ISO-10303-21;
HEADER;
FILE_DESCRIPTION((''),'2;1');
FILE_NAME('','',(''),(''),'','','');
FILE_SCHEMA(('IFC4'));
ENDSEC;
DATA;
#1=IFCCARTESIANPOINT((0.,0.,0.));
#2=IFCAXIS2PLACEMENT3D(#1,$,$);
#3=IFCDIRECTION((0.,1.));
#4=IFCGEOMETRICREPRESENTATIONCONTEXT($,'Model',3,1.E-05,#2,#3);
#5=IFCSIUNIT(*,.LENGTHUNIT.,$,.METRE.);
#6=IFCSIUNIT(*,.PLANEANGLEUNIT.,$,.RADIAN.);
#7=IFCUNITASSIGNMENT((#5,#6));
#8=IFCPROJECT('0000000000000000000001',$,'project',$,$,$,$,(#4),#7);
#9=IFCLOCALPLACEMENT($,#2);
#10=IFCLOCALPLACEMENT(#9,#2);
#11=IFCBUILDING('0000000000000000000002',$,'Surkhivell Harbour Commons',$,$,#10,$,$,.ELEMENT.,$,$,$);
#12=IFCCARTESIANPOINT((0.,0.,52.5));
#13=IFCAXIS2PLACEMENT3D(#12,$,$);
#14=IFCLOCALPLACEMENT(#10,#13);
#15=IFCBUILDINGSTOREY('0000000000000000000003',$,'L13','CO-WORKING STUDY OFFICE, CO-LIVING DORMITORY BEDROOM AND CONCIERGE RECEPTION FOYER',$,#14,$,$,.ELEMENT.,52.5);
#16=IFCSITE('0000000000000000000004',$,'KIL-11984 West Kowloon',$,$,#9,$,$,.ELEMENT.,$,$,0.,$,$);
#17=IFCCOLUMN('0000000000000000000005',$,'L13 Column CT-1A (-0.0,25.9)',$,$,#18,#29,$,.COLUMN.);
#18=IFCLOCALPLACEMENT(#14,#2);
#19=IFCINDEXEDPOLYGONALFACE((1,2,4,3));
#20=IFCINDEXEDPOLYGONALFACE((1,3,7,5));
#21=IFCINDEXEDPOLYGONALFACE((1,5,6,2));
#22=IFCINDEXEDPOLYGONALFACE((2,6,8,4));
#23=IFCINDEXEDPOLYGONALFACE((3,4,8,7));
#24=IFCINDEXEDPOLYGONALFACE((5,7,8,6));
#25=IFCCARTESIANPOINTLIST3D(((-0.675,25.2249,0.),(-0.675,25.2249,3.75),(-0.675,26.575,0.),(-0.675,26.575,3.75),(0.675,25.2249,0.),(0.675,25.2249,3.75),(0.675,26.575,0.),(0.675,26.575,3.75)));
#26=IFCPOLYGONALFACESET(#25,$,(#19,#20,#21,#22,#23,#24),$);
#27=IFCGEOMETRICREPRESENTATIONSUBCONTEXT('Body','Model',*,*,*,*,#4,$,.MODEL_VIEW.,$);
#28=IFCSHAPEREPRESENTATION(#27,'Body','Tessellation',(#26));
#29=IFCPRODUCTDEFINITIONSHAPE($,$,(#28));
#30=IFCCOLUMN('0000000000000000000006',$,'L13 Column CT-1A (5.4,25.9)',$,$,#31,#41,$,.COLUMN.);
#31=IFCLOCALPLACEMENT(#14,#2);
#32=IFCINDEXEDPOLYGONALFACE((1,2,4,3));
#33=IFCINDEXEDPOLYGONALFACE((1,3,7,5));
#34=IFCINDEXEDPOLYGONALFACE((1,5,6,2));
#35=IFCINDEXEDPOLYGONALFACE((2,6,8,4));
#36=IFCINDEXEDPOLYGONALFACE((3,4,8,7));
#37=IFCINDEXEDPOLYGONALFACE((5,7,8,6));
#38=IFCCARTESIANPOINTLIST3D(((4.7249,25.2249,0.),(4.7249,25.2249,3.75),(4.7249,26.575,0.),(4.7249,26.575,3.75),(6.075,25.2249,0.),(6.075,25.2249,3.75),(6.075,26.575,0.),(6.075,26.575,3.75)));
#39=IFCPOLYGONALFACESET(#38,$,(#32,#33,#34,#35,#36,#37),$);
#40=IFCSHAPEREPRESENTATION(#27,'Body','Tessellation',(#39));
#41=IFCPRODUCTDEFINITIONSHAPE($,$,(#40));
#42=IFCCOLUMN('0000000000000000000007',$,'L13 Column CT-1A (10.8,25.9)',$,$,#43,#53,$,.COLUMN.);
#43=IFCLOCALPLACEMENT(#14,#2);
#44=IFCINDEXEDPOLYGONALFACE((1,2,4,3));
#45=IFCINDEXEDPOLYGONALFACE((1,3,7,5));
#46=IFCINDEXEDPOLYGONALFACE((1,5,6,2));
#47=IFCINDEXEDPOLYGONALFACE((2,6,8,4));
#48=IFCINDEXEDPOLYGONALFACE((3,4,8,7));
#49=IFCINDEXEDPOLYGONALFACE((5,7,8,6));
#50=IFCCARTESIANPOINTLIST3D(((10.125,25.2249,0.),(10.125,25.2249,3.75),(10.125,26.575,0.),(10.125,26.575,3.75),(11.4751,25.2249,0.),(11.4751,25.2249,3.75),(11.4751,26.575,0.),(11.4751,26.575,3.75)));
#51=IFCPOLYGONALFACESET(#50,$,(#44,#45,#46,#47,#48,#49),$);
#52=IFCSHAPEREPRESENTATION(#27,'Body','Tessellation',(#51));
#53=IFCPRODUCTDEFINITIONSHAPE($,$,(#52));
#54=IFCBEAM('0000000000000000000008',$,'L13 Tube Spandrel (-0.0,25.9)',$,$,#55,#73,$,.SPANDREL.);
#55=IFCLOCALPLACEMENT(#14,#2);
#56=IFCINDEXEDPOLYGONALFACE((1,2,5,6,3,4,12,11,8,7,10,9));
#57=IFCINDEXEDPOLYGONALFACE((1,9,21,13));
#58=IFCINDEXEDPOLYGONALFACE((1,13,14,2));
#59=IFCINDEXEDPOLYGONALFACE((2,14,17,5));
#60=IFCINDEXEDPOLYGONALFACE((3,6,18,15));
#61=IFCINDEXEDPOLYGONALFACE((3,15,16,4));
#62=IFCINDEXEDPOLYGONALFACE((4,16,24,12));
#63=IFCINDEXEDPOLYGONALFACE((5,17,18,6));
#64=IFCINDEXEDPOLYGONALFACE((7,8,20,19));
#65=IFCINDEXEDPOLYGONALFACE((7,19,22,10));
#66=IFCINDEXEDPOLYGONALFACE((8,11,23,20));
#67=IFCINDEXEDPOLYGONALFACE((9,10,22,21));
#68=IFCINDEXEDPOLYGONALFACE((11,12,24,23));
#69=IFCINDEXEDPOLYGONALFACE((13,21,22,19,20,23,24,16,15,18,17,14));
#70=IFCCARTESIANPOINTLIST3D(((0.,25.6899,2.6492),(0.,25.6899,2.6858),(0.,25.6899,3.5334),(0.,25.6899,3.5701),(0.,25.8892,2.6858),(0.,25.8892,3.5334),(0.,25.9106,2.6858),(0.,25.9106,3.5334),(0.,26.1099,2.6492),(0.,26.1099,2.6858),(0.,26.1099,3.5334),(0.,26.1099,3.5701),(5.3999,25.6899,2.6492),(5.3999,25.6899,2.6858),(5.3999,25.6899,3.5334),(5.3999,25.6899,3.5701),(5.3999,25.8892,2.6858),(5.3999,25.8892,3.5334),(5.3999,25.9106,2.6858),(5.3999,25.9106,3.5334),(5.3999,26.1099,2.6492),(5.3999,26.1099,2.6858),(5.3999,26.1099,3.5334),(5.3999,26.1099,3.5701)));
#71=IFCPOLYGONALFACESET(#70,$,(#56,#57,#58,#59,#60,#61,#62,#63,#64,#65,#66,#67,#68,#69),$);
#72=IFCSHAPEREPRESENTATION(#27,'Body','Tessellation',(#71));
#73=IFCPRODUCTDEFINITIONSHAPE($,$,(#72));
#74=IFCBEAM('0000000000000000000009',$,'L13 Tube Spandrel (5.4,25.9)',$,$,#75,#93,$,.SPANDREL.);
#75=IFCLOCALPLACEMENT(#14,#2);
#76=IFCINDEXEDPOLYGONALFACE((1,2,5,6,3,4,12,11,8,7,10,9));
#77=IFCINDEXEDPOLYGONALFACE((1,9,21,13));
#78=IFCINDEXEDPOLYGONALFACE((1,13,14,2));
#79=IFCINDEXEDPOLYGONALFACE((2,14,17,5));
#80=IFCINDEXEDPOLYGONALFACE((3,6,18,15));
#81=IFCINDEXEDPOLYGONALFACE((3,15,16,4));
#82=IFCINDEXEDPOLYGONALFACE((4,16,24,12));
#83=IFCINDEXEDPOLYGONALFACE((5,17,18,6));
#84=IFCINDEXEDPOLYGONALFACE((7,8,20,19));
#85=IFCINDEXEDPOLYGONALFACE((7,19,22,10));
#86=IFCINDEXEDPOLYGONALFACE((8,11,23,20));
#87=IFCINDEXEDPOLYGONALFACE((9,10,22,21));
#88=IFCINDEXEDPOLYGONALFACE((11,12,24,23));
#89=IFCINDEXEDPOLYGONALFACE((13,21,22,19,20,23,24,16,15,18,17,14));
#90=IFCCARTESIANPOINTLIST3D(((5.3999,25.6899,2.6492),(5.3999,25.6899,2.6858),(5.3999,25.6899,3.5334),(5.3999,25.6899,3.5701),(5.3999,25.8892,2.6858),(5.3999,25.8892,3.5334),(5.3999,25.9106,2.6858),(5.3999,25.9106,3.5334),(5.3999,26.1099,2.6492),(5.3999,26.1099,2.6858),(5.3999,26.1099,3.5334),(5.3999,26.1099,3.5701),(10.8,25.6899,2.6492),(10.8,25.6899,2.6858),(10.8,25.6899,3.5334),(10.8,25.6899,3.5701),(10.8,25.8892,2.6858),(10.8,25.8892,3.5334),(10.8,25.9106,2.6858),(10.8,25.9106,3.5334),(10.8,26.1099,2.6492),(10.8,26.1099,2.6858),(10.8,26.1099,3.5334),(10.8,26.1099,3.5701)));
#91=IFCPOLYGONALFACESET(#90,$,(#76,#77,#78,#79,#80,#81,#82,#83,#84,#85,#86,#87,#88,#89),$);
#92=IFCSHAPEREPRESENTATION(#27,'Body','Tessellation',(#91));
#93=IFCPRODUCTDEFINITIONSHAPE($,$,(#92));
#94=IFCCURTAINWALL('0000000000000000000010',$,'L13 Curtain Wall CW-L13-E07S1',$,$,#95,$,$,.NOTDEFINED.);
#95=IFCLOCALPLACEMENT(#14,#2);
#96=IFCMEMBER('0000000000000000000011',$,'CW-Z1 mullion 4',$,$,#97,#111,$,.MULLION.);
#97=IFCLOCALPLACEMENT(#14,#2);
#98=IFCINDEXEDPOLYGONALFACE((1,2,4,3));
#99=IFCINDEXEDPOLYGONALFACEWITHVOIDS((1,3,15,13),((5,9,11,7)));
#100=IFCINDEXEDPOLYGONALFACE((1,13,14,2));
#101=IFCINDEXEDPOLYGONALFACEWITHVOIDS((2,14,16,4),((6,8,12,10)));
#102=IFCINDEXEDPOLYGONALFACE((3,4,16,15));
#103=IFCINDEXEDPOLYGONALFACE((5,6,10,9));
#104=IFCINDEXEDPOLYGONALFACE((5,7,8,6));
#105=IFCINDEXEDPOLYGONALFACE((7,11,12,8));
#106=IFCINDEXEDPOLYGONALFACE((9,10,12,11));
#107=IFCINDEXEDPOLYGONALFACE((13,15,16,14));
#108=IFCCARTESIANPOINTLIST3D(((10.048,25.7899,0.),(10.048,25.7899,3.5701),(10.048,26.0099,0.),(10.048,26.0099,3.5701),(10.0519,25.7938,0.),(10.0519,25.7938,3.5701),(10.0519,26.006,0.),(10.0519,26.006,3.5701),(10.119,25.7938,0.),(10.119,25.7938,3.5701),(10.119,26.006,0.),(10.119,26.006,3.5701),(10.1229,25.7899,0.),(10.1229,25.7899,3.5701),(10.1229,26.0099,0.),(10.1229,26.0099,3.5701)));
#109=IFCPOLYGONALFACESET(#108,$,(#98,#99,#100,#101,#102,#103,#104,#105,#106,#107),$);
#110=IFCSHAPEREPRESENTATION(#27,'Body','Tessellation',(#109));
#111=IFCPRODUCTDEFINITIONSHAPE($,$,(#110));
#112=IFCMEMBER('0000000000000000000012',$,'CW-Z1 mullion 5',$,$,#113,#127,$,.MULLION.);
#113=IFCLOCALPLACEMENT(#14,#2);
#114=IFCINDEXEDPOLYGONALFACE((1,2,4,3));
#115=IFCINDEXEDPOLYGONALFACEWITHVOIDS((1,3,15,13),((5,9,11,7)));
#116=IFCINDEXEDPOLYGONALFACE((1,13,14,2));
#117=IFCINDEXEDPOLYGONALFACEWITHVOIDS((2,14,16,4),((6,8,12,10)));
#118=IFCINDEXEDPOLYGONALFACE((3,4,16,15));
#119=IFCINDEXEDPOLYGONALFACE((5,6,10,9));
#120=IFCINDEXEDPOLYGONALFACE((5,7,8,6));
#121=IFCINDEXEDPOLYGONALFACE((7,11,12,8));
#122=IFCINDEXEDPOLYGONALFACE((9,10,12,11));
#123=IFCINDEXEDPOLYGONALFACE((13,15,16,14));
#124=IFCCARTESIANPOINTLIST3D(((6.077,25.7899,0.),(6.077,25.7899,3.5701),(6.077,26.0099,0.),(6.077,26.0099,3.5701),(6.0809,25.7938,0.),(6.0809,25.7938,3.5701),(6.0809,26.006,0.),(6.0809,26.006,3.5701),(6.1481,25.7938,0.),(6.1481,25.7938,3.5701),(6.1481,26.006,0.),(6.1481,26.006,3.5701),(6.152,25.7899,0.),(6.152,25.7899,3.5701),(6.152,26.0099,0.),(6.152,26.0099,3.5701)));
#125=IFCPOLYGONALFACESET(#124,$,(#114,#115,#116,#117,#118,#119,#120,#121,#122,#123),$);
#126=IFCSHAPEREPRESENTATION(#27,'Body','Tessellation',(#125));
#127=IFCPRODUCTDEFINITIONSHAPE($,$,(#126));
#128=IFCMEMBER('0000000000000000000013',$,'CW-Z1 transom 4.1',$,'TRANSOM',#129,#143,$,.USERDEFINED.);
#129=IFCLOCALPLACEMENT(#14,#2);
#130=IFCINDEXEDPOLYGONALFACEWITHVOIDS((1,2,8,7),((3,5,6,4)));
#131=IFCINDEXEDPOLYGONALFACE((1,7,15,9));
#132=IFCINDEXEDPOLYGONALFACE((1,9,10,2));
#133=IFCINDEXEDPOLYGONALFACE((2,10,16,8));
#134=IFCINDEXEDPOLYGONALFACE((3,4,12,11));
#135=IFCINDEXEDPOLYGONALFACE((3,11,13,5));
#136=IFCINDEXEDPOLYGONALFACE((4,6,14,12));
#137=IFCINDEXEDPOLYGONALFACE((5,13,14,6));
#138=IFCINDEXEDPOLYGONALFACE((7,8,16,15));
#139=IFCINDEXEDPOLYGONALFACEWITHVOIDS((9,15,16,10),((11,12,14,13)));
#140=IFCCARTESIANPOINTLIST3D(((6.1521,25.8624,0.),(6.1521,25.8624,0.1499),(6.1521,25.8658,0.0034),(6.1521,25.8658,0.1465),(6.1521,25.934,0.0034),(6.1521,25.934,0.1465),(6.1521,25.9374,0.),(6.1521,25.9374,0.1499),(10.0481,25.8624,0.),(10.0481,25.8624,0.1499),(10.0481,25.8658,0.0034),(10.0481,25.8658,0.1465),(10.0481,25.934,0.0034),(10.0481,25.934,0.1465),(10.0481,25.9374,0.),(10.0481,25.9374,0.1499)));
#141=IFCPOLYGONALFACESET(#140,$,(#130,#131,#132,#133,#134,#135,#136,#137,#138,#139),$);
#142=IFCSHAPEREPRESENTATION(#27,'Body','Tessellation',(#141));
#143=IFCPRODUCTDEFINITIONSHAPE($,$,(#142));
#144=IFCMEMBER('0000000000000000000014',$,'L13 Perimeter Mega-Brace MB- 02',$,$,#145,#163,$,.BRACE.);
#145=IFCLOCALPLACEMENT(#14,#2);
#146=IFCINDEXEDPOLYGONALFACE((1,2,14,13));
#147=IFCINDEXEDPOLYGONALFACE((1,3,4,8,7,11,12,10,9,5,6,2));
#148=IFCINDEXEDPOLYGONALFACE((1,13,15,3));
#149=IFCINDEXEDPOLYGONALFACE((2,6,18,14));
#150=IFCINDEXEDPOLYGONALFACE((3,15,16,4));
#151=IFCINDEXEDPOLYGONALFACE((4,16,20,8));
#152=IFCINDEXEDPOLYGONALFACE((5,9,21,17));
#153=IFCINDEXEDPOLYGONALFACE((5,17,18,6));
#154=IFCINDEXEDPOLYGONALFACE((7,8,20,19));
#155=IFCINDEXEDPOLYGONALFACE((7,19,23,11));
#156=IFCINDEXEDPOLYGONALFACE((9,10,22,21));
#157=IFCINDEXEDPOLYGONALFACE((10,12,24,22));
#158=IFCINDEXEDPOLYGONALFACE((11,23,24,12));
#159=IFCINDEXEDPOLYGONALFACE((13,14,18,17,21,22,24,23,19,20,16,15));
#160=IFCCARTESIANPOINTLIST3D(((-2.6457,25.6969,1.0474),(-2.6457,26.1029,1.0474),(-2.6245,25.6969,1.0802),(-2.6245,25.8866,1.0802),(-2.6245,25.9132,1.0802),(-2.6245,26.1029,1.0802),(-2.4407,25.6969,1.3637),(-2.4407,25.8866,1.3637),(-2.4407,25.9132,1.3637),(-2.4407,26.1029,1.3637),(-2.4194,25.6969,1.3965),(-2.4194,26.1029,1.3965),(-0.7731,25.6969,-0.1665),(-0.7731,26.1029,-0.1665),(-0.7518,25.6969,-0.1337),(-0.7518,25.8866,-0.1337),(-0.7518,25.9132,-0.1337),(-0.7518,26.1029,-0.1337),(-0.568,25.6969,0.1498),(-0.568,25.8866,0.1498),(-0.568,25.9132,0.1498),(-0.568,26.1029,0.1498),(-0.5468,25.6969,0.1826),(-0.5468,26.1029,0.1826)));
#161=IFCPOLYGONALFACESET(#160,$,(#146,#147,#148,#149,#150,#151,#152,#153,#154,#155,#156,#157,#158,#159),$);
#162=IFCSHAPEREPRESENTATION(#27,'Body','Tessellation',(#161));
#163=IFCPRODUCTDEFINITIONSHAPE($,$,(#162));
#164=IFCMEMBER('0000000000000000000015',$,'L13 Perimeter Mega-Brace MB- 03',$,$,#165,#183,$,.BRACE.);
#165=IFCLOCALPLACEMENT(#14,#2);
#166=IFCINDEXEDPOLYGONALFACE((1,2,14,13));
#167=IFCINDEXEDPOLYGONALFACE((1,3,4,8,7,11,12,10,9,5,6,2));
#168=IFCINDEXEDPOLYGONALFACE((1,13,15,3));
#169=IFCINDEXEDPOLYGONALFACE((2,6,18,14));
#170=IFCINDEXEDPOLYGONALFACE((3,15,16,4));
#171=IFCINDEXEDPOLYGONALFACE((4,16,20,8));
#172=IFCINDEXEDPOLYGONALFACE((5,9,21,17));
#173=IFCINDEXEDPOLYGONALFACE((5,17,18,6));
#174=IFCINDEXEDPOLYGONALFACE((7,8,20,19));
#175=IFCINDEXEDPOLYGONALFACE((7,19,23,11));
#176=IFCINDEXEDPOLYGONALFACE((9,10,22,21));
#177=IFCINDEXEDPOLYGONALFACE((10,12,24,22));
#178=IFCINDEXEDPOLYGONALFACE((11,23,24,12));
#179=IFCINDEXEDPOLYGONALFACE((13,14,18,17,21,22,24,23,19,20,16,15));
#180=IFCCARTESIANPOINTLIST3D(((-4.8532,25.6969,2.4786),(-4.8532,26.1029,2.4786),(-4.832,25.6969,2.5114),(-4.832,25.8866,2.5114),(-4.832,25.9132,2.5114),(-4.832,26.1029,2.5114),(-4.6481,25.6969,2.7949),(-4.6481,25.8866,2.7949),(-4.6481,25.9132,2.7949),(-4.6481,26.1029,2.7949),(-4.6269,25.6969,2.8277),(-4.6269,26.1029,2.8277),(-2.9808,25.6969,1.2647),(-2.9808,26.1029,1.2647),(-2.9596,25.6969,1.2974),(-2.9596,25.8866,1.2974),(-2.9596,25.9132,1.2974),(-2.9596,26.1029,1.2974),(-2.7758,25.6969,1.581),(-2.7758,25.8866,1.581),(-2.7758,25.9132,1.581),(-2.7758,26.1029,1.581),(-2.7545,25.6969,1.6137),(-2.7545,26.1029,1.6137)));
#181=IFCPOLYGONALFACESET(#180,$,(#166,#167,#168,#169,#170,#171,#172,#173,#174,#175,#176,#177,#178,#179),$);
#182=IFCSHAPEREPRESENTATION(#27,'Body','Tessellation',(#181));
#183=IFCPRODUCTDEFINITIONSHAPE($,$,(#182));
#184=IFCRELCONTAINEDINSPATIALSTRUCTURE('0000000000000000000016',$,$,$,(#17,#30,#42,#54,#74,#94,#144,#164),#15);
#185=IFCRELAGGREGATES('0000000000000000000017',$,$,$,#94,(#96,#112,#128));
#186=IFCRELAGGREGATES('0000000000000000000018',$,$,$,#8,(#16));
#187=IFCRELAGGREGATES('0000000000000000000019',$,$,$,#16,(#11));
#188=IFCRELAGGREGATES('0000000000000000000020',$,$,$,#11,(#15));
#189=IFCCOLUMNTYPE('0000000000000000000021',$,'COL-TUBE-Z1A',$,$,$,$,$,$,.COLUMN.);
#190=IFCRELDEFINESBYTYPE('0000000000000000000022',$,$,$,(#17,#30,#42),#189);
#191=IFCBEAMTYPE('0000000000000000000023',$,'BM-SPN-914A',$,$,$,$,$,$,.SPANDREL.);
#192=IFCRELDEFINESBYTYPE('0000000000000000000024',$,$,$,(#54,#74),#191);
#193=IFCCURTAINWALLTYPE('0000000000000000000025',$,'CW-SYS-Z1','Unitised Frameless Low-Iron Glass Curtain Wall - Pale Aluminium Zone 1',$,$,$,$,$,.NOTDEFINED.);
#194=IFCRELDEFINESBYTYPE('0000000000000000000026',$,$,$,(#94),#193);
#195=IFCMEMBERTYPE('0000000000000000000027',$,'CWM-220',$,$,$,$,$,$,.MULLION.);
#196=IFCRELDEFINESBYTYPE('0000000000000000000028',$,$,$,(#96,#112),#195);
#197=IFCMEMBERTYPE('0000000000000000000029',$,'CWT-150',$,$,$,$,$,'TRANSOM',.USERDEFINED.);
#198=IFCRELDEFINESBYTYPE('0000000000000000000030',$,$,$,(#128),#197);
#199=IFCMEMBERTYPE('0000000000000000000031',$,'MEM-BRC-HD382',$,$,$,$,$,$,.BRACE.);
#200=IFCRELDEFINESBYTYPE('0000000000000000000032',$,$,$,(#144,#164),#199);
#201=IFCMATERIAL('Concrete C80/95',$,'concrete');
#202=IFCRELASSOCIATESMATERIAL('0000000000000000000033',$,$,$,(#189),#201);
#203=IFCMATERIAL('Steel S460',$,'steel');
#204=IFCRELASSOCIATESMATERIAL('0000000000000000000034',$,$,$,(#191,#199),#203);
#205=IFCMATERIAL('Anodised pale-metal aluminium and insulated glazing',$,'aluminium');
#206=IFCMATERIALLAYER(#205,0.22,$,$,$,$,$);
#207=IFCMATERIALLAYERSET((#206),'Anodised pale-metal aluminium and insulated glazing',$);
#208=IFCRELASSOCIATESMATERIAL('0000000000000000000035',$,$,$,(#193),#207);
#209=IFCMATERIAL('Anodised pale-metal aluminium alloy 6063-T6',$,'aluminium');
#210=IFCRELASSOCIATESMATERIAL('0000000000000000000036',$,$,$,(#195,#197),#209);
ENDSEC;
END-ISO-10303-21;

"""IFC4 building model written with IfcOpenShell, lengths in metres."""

from ifc_helpers import new_model, si_unit, direction, frame, origin, origin_2d, place, context, subcontext, project, spatial, rectangle, hollow_rectangle, i_section, extrude, material, layer, layer_set, material_profile, profile_set, type_object, element, aggregate, save


model = new_model("IFC4")

# Units and contexts
model_context = context("Model", 3, precision=1e-05, world=origin(), true_north=direction((0.0, 1.0)))
body_context = subcontext(model_context, "Body", "Model", "MODEL_VIEW")
ifc_project = project(units=[si_unit("LENGTHUNIT", "METRE"), si_unit("PLANEANGLEUNIT", "RADIAN")], contexts=[model_context])

# Site, building, storey
site_placement = place(None, origin())
site = spatial("IfcSite", under=ifc_project, at=site_placement, Name="KIL-11984 West Kowloon", CompositionType="ELEMENT", RefElevation=0.0)
building_placement = place(site_placement, origin())
building = spatial("IfcBuilding", under=site, at=building_placement, Name="Surkhivell Harbour Commons", CompositionType="ELEMENT")
storey_placement = place(building_placement, frame((0.0, 0.0, 52.5)))
storey = spatial("IfcBuildingStorey", under=building, at=storey_placement, Name="L13", Description="CO-WORKING STUDY OFFICE, CO-LIVING DORMITORY BEDROOM AND CONCIERGE RECEPTION FOYER", CompositionType="ELEMENT", Elevation=52.5)

# Columns
ifc_material_1 = material(Name="Concrete C80/95", Category="concrete")
ifc_material_profile_1 = material_profile(ifc_material_1, rectangle(XDim=1.3501, YDim=1.3501, at=origin_2d()), Name="RC-COL-1350x1350")
ifc_profile_set_1 = profile_set([ifc_material_profile_1], Name="Concrete C80/95")
column_type = type_object("IfcColumnType", Name="COL-TUBE-Z1A", PredefinedType="COLUMN", material=ifc_profile_set_1)
for number, where, z_axis, x_axis, name in (
    (1, (0.0, 25.8999, 0.0), (0.0, 0.0, 1.0), (1.0, 0.0, 0.0), "L13 Column CT-1A (-0.0,25.9)"),
    (2, (5.3999, 25.8999, 0.0), (0.0, 0.0, 1.0), (1.0, 0.0, 0.0), "L13 Column CT-1A (5.4,25.9)"),
    (3, (10.8, 25.8999, 0.0), (0.0, 0.0, 1.0), (1.0, 0.0, 0.0), "L13 Column CT-1A (10.8,25.9)"),
):
    element("IfcColumn", number, at=place(storey_placement, frame(where, z_axis=z_axis, x_axis=x_axis)), inside=storey, type_object=column_type, Name=name, PredefinedType="COLUMN", context=body_context, shape_type="SweptSolid", body=[
        extrude(rectangle(XDim=1.3501, YDim=1.3501, at=origin_2d()), origin(), (0.0, 0.0, 1.0), 3.75),
    ])

# Beams
ifc_material_2 = material(Name="Steel S460", Category="steel")
ifc_material_profile_2 = material_profile(ifc_material_2, i_section(OverallWidth=0.4199, OverallDepth=0.9209, WebThickness=0.0215, FlangeThickness=0.0366, at=origin_2d()), Name="UB914x419x388")
ifc_profile_set_2 = profile_set([ifc_material_profile_2], Name="Steel S460")
beam_type = type_object("IfcBeamType", Name="BM-SPN-914A", PredefinedType="SPANDREL", material=ifc_profile_set_2)
beam_1_placement = place(storey_placement, frame((0.0, 25.8999, 3.1096), z_axis=(1.0, 0.0, 0.0), x_axis=(0.0, 1.0, 0.0)))
element("IfcBeam", 4, at=beam_1_placement, inside=storey, type_object=beam_type, Name="L13 Tube Spandrel (-0.0,25.9)", PredefinedType="SPANDREL", context=body_context, shape_type="SweptSolid", body=[
    extrude(i_section(OverallWidth=0.4199, OverallDepth=0.9209, WebThickness=0.0215, FlangeThickness=0.0366, at=origin_2d()), origin(), (0.0, 0.0, 1.0), 5.3999),
])
beam_2_placement = place(storey_placement, frame((5.3999, 25.8999, 3.1096), z_axis=(1.0, 0.0, 0.0), x_axis=(0.0, 1.0, 0.0)))
element("IfcBeam", 5, at=beam_2_placement, inside=storey, type_object=beam_type, Name="L13 Tube Spandrel (5.4,25.9)", PredefinedType="SPANDREL", context=body_context, shape_type="SweptSolid", body=[
    extrude(i_section(OverallWidth=0.4199, OverallDepth=0.9209, WebThickness=0.0215, FlangeThickness=0.0366, at=origin_2d()), origin(), (0.0, 0.0, 1.0), 5.4001),
])

# Curtain wall, members
ifc_material_3 = material(Name="Anodised pale-metal aluminium and insulated glazing", Category="aluminium")
ifc_layer_1 = layer(ifc_material_3, 0.22)
ifc_layer_set_1 = layer_set([ifc_layer_1], Name="Anodised pale-metal aluminium and insulated glazing")
curtain_wall_type = type_object("IfcCurtainWallType", Name="CW-SYS-Z1", Description="Unitised Frameless Low-Iron Glass Curtain Wall - Pale Aluminium Zone 1", PredefinedType="NOTDEFINED", material=ifc_layer_set_1)
curtain_wall_placement = place(storey_placement, origin())
curtain_wall = element("IfcCurtainWall", 6, at=curtain_wall_placement, inside=storey, type_object=curtain_wall_type, Name="L13 Curtain Wall CW-L13-E07S1", PredefinedType="NOTDEFINED")
ifc_material_4 = material(Name="Anodised pale-metal aluminium alloy 6063-T6", Category="aluminium")
ifc_material_profile_3 = material_profile(ifc_material_4, hollow_rectangle(XDim=0.075, YDim=0.22, WallThickness=0.0039, at=origin_2d()), Name="ALU-MULL-75x220")
ifc_profile_set_3 = profile_set([ifc_material_profile_3], Name="Anodised pale-metal aluminium alloy 6063-T6")
member_type_1 = type_object("IfcMemberType", Name="CWM-220", PredefinedType="MULLION", material=ifc_profile_set_3)
member_1_placement = place(storey_placement, frame((10.0854, 25.8999, 0.0), z_axis=(0.0, 0.0, 1.0), x_axis=(-1.0, 0.0, 0.0)))
member_1 = element("IfcMember", 7, at=member_1_placement, type_object=member_type_1, Name="CW-Z1 mullion 4", PredefinedType="MULLION", context=body_context, shape_type="SweptSolid", body=[
    extrude(hollow_rectangle(XDim=0.075, YDim=0.22, WallThickness=0.0039, at=origin_2d()), origin(), (0.0, 0.0, 1.0), 3.5701),
])
member_2_placement = place(storey_placement, frame((6.1145, 25.8999, 0.0), z_axis=(0.0, 0.0, 1.0), x_axis=(-1.0, 0.0, 0.0)))
member_2 = element("IfcMember", 8, at=member_2_placement, type_object=member_type_1, Name="CW-Z1 mullion 5", PredefinedType="MULLION", context=body_context, shape_type="SweptSolid", body=[
    extrude(hollow_rectangle(XDim=0.075, YDim=0.22, WallThickness=0.0039, at=origin_2d()), origin(), (0.0, 0.0, 1.0), 3.5701),
])
ifc_material_profile_4 = material_profile(ifc_material_4, hollow_rectangle(XDim=0.075, YDim=0.1499, WallThickness=0.0034, at=origin_2d()), Name="ALU-TRAN-75x150")
ifc_profile_set_4 = profile_set([ifc_material_profile_4], Name="Anodised pale-metal aluminium alloy 6063-T6")
member_type_2 = type_object("IfcMemberType", Name="CWT-150", ElementType="TRANSOM", PredefinedType="USERDEFINED", material=ifc_profile_set_4)
member_3_placement = place(storey_placement, frame((10.0481, 25.8999, 0.075), z_axis=(-1.0, 0.0, 0.0), x_axis=(0.0, -1.0, 0.0)))
member_3 = element("IfcMember", 9, at=member_3_placement, type_object=member_type_2, Name="CW-Z1 transom 4.1", ObjectType="TRANSOM", PredefinedType="USERDEFINED", context=body_context, shape_type="SweptSolid", body=[
    extrude(hollow_rectangle(XDim=0.075, YDim=0.1499, WallThickness=0.0034, at=origin_2d()), origin(), (0.0, 0.0, 1.0), 3.896),
])

# Members
ifc_material_profile_5 = material_profile(ifc_material_2, i_section(OverallWidth=0.406, OverallDepth=0.416, WebThickness=0.0266, FlangeThickness=0.0391, at=origin_2d()), Name="HD400x382")
ifc_profile_set_5 = profile_set([ifc_material_profile_5], Name="Steel S460")
member_type_3 = type_object("IfcMemberType", Name="MEM-BRC-HD382", PredefinedType="BRACE", material=ifc_profile_set_5)
member_4_placement = place(storey_placement, frame((-0.6599, 25.8999, 0.0081), z_axis=(-0.839118, 0.0, 0.54395), x_axis=(0.0, -1.0, 0.0)))
element("IfcMember", 10, at=member_4_placement, inside=storey, type_object=member_type_3, Name="L13 Perimeter Mega-Brace MB- 02", PredefinedType="BRACE", context=body_context, shape_type="SweptSolid", body=[
    extrude(i_section(OverallWidth=0.406, OverallDepth=0.416, WebThickness=0.0266, FlangeThickness=0.0391, at=origin_2d()), origin(), (0.0, 0.0, 1.0), 2.2317),
])
member_5_placement = place(storey_placement, frame((-2.8677, 25.8999, 1.4392), z_axis=(-0.839085, 0.0, 0.544), x_axis=(0.0, -1.0, 0.0)))
element("IfcMember", 11, at=member_5_placement, inside=storey, type_object=member_type_3, Name="L13 Perimeter Mega-Brace MB- 03", PredefinedType="BRACE", context=body_context, shape_type="SweptSolid", body=[
    extrude(i_section(OverallWidth=0.406, OverallDepth=0.416, WebThickness=0.0266, FlangeThickness=0.0391, at=origin_2d()), origin(), (0.0, 0.0, 1.0), 2.2314),
])

aggregate(curtain_wall, [member_1, member_2, member_3])

save(model, "model.ifc")
